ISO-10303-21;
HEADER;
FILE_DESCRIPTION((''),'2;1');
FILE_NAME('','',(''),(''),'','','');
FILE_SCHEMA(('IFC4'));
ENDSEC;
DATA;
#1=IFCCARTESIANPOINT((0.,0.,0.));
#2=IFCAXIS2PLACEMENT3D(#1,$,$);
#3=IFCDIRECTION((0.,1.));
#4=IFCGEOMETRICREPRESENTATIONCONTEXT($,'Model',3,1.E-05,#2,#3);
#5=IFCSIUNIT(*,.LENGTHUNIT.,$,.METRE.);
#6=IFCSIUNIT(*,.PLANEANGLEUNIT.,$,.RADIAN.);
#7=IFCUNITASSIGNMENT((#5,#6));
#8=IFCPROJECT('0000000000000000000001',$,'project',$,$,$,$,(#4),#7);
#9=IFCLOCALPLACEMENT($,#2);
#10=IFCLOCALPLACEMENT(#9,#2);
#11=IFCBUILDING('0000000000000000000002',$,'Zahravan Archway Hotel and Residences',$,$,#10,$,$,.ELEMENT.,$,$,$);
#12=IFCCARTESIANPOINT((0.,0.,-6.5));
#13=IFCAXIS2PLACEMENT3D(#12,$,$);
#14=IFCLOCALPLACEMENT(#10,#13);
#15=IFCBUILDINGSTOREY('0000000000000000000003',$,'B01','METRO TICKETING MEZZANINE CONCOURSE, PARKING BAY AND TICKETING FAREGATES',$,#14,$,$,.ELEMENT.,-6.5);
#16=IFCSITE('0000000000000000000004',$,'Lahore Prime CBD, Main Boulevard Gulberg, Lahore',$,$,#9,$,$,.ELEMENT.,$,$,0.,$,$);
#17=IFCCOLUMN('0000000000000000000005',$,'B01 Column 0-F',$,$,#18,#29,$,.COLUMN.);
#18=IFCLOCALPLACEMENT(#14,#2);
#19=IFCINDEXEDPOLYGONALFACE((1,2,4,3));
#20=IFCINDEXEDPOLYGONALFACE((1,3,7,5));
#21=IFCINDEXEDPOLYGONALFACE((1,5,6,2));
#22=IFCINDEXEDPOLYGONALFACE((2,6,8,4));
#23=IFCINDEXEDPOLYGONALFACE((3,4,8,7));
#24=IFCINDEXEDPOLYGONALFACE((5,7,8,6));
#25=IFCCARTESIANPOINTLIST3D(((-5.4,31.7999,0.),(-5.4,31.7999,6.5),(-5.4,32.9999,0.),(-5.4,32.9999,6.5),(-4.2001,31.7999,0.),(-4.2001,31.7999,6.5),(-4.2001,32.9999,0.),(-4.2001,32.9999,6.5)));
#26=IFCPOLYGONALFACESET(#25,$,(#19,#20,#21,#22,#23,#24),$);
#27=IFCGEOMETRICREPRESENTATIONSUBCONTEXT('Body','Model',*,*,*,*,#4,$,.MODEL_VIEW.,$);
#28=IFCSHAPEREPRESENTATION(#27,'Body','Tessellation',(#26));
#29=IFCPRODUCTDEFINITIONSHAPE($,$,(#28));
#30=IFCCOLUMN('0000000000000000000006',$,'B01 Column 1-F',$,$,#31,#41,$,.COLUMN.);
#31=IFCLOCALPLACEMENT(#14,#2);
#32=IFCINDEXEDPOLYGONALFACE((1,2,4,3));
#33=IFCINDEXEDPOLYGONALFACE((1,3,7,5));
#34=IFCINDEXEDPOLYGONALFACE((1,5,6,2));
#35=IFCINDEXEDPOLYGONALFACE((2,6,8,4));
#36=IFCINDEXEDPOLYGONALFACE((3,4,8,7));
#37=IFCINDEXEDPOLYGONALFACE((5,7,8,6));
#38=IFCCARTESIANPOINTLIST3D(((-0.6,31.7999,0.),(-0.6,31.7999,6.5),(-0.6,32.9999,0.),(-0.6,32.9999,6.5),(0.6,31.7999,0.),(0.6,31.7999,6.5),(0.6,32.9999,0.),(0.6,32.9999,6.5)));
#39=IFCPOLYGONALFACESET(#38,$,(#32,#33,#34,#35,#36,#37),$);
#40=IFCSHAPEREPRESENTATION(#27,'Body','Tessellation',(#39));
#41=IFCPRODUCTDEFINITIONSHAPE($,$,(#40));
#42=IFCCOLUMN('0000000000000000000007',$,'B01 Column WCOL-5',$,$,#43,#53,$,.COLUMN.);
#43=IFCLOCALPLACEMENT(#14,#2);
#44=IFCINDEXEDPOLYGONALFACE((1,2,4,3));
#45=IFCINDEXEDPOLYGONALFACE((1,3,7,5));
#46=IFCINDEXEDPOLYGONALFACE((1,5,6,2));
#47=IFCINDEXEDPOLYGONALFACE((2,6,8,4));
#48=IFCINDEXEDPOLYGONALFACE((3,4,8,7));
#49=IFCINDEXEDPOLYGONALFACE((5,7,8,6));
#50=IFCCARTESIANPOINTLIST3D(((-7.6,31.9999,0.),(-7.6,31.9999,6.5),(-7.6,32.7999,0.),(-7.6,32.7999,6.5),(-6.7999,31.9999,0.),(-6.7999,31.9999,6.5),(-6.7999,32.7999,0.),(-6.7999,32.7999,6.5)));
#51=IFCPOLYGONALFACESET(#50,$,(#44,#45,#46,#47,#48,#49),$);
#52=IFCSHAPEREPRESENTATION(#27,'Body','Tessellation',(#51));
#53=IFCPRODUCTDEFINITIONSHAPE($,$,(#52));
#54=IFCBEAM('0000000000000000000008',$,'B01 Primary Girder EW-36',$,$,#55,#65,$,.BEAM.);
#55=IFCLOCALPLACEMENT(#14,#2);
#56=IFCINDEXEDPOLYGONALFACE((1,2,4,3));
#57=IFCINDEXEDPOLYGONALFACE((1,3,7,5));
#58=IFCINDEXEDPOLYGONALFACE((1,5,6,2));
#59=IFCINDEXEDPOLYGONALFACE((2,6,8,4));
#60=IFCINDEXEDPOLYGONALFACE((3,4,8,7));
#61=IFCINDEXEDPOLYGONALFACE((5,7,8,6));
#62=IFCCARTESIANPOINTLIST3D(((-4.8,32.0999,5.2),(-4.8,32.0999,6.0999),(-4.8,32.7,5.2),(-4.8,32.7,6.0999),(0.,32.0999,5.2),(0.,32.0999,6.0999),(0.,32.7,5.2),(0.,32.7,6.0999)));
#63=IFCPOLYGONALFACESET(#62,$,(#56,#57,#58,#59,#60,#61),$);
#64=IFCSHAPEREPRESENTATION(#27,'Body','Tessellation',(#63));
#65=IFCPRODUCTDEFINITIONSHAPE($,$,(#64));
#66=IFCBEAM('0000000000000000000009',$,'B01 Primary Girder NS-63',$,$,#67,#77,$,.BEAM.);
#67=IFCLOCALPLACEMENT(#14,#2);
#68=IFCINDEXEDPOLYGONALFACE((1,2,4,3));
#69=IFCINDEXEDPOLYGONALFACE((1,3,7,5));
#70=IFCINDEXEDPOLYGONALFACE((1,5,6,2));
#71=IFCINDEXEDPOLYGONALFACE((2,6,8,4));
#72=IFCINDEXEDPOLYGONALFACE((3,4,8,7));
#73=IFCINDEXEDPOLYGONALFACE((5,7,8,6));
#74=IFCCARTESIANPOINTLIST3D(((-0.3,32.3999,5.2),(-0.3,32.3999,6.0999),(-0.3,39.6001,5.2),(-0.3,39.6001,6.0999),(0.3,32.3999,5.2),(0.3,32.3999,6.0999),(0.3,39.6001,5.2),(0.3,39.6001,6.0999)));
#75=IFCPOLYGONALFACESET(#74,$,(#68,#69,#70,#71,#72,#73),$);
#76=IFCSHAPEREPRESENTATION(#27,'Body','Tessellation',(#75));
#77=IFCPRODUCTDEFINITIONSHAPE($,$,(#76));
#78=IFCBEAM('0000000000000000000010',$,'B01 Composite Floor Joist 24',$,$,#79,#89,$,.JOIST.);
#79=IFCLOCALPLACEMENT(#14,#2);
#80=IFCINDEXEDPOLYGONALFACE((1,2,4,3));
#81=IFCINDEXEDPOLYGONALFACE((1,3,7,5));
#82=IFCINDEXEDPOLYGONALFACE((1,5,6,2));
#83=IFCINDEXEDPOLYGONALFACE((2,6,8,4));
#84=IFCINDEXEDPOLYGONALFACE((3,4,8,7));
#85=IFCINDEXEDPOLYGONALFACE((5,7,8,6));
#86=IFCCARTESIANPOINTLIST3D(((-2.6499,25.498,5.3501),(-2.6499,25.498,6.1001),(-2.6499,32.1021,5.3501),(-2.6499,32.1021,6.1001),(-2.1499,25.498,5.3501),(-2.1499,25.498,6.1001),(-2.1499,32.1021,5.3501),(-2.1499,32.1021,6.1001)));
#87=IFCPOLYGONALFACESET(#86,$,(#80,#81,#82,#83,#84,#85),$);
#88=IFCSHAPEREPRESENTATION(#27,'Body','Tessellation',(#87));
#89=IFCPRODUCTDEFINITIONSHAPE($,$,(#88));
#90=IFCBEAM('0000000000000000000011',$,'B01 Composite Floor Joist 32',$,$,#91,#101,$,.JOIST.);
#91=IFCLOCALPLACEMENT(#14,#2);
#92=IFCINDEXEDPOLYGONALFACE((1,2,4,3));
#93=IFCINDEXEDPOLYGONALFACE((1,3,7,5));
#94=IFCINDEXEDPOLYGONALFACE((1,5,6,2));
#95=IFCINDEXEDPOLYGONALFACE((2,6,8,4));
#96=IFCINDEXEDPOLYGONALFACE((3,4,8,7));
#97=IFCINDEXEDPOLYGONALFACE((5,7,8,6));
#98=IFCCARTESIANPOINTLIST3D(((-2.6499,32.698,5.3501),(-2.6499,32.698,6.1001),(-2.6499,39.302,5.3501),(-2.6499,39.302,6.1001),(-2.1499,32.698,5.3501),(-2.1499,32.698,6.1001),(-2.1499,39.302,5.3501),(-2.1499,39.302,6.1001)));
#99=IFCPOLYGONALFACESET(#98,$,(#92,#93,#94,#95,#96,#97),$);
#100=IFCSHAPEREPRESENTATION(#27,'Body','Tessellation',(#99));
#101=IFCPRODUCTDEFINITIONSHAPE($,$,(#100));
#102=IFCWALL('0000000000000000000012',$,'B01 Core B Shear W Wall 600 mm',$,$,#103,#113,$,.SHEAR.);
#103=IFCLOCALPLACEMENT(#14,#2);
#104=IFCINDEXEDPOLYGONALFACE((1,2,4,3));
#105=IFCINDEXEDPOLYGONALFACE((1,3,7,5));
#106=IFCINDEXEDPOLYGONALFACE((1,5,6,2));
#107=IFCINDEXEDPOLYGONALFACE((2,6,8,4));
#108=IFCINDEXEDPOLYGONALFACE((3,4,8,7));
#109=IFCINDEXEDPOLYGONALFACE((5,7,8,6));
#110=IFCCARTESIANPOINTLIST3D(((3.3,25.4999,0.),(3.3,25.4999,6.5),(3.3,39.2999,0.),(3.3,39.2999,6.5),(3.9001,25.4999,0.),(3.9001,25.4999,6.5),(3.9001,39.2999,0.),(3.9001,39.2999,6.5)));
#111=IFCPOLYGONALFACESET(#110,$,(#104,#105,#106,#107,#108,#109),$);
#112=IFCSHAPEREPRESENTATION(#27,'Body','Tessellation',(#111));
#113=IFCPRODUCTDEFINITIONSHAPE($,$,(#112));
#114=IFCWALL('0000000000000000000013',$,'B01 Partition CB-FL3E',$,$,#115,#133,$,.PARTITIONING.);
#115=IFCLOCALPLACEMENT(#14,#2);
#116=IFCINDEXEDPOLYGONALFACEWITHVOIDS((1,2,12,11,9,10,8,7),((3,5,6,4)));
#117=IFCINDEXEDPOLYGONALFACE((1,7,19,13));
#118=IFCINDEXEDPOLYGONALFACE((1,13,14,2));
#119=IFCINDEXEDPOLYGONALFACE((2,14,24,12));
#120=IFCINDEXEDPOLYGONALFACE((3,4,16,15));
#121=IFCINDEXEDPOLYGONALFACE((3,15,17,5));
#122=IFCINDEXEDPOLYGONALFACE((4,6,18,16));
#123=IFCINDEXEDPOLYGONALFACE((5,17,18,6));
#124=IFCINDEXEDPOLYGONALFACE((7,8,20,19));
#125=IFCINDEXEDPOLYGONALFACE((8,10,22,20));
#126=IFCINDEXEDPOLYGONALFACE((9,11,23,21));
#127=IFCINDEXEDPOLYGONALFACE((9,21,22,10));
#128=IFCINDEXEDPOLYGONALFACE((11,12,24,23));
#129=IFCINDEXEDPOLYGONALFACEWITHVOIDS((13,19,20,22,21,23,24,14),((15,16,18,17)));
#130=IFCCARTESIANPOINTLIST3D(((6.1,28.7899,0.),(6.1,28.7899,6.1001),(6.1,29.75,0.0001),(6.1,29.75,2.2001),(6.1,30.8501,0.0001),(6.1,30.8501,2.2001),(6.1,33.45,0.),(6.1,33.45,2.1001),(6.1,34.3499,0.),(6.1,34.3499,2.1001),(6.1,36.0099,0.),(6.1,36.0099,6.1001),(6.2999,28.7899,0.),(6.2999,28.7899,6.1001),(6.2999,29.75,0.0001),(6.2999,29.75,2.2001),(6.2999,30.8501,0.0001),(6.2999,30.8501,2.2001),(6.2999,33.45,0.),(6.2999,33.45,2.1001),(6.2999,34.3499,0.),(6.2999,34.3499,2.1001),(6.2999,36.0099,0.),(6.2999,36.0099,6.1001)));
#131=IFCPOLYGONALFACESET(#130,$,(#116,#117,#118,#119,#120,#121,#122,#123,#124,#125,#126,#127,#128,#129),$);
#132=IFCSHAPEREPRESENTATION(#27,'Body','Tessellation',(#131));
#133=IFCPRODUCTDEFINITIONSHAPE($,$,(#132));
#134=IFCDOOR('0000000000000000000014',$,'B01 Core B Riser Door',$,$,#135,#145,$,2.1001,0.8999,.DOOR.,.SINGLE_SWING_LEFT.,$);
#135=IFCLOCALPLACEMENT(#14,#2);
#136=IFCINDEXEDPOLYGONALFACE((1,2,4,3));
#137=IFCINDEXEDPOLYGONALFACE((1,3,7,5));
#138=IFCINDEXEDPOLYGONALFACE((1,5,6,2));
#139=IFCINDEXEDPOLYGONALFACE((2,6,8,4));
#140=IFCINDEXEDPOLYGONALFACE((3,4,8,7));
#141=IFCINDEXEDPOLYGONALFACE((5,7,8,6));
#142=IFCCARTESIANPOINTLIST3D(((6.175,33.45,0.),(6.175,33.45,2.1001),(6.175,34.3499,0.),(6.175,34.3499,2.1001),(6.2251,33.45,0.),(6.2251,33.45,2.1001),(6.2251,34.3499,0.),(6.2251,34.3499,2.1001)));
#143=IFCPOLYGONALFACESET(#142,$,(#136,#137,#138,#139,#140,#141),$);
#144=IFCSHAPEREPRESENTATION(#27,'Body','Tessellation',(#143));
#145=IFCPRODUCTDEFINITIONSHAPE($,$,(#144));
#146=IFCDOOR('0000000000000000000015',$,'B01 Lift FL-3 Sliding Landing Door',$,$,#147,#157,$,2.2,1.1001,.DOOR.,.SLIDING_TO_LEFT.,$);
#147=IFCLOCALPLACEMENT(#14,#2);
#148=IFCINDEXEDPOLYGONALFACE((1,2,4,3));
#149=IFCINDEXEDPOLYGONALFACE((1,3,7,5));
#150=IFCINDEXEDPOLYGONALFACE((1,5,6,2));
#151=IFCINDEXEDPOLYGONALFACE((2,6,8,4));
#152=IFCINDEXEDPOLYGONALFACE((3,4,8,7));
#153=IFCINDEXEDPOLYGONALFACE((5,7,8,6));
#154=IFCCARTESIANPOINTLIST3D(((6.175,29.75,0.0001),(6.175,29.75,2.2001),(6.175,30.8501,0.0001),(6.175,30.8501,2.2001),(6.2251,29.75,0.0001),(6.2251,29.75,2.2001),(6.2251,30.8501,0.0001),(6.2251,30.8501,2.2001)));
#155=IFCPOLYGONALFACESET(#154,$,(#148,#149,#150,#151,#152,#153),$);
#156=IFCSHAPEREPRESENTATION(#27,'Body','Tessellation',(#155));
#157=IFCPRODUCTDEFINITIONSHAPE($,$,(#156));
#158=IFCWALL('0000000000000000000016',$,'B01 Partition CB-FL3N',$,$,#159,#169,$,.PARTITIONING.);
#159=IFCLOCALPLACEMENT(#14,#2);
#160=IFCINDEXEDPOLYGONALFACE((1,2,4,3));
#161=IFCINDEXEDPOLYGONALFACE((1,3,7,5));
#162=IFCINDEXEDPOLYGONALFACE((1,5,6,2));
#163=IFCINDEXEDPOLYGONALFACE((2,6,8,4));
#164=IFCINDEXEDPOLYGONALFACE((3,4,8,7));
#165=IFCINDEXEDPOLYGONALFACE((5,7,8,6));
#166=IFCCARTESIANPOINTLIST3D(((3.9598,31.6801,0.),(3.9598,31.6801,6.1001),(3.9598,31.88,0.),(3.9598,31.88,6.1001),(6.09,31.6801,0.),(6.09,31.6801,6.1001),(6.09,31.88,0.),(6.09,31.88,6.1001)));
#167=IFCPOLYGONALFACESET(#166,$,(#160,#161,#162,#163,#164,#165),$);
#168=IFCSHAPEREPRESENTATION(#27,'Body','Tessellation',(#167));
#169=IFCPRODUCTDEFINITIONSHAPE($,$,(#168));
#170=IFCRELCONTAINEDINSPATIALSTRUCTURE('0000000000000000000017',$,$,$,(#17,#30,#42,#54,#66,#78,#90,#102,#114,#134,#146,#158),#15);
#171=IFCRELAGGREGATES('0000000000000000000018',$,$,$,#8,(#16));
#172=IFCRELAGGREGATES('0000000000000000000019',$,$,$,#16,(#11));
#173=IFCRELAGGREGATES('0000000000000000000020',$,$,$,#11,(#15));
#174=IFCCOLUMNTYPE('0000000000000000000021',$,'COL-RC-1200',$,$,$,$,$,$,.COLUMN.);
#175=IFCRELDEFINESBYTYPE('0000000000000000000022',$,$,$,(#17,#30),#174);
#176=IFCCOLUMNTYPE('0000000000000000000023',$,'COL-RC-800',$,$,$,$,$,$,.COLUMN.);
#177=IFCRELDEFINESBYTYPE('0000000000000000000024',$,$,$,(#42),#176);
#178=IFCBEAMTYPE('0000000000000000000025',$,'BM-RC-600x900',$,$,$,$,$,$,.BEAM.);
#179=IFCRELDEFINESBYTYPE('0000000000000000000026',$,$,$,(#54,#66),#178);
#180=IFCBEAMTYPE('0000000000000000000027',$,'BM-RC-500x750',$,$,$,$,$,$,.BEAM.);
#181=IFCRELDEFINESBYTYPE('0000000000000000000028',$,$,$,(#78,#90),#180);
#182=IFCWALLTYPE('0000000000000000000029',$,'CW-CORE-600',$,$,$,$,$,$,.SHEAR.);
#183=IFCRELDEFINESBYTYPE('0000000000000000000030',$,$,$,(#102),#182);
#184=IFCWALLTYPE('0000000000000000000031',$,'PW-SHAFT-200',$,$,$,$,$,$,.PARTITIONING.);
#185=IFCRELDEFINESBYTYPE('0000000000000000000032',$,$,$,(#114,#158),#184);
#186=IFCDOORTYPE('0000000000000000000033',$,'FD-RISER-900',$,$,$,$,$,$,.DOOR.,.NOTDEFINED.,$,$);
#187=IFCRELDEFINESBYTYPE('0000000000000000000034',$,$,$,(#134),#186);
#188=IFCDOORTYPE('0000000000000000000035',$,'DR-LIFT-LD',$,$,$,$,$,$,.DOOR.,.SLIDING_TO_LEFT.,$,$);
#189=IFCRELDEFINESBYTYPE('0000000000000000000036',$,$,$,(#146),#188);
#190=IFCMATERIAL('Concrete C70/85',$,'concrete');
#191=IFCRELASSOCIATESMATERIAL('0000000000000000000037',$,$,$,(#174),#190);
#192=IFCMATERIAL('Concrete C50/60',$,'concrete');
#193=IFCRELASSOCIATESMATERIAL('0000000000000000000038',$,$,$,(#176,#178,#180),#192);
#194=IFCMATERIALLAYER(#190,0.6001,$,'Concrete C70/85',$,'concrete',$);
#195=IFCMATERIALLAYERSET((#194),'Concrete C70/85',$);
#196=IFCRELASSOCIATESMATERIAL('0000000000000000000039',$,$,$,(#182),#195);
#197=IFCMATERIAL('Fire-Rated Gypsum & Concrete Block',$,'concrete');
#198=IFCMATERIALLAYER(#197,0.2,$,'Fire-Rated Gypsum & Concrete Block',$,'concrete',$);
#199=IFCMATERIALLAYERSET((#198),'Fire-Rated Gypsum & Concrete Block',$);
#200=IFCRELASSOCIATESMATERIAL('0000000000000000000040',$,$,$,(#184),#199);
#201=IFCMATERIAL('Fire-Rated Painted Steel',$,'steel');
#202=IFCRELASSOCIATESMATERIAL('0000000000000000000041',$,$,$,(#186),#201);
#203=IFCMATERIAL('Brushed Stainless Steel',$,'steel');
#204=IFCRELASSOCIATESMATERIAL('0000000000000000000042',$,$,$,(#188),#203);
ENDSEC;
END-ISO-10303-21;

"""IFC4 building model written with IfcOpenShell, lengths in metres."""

from ifc_helpers import new_model, si_unit, direction, frame, frame_2d, origin, origin_2d, place, context, subcontext, project, spatial, rectangle, extrude, source, transform, mapped, material, layer, layer_set, material_profile, profile_set, type_object, type_shapes, element, fill, save


model = new_model("IFC4")

# Units and contexts
model_context = context("Model", 3, precision=1e-05, world=origin(), true_north=direction((0.0, 1.0)))
body_context = subcontext(model_context, "Body", "Model", "MODEL_VIEW")
ifc_project = project(units=[si_unit("LENGTHUNIT", "METRE"), si_unit("PLANEANGLEUNIT", "RADIAN")], contexts=[model_context])

# Site, building, storey
site_placement = place(None, origin())
site = spatial("IfcSite", under=ifc_project, at=site_placement, Name="Lahore Prime CBD, Main Boulevard Gulberg, Lahore", CompositionType="ELEMENT", RefElevation=0.0)
building_placement = place(site_placement, origin())
building = spatial("IfcBuilding", under=site, at=building_placement, Name="Zahravan Archway Hotel and Residences", CompositionType="ELEMENT")
storey_placement = place(building_placement, frame((0.0, 0.0, -6.5)))
storey = spatial("IfcBuildingStorey", under=building, at=storey_placement, Name="B01", Description="METRO TICKETING MEZZANINE CONCOURSE, PARKING BAY AND TICKETING FAREGATES", CompositionType="ELEMENT", Elevation=-6.5)

# Columns
ifc_material_1 = material(Name="Concrete C70/85", Category="concrete")
ifc_material_profile_1 = material_profile(ifc_material_1, rectangle(XDim=1.2, YDim=1.2, at=origin_2d()), Name="RC-COL-1200x1200", Category="concrete")
ifc_profile_set_1 = profile_set([ifc_material_profile_1], Name="Concrete C70/85")
column_type_1 = type_object("IfcColumnType", Name="COL-RC-1200", PredefinedType="COLUMN", material=ifc_profile_set_1)
shared_shape_1 = source(origin(), body_context, "Body", "SweptSolid", [
    extrude(rectangle(XDim=1.2, YDim=1.2, at=origin_2d()), origin(), (0.0, 0.0, 1.0), 6.5),
])
for number, where, z_axis, x_axis, name in (
    (1, (-4.8, 32.3999, 0.0), (0.0, 0.0, 1.0), (1.0, 0.0, 0.0), "B01 Column 0-F"),
    (2, (0.0, 32.3999, 0.0), (0.0, 0.0, 1.0), (1.0, 0.0, 0.0), "B01 Column 1-F"),
):
    element("IfcColumn", number, at=place(storey_placement, frame(where, z_axis=z_axis, x_axis=x_axis)), inside=storey, type_object=column_type_1, Name=name, PredefinedType="COLUMN", context=body_context, shape_type="MappedRepresentation", body=[
        mapped(shared_shape_1, transform((0.0, 0.0, 0.0), scale=1.0)),
    ])
ifc_material_2 = material(Name="Concrete C50/60", Category="concrete")
ifc_material_profile_2 = material_profile(ifc_material_2, rectangle(XDim=0.8, YDim=0.8, at=origin_2d()), Name="RC-COL-800x800", Category="concrete")
ifc_profile_set_2 = profile_set([ifc_material_profile_2], Name="Concrete C50/60")
column_type_2 = type_object("IfcColumnType", Name="COL-RC-800", PredefinedType="COLUMN", material=ifc_profile_set_2)
shared_shape_2 = source(origin(), body_context, "Body", "SweptSolid", [
    extrude(rectangle(XDim=0.8, YDim=0.8, at=origin_2d()), origin(), (0.0, 0.0, 1.0), 6.5),
])
column_placement = place(storey_placement, frame((-7.2, 32.3999, 0.0), z_axis=(0.0, 0.0, 1.0), x_axis=(1.0, 0.0, 0.0)))
element("IfcColumn", 3, at=column_placement, inside=storey, type_object=column_type_2, Name="B01 Column WCOL-5", PredefinedType="COLUMN", context=body_context, shape_type="MappedRepresentation", body=[
    mapped(shared_shape_2, transform((0.0, 0.0, 0.0), scale=1.0)),
])

# Beams
ifc_material_profile_3 = material_profile(ifc_material_2, rectangle(XDim=0.6001, YDim=0.8999, at=origin_2d()), Name="RC-BM-600x900", Category="concrete")
ifc_profile_set_3 = profile_set([ifc_material_profile_3], Name="Concrete C50/60")
beam_type_1 = type_object("IfcBeamType", Name="BM-RC-600x900", PredefinedType="BEAM", material=ifc_profile_set_3)
shared_shape_3 = source(origin(), body_context, "Body", "SweptSolid", [
    extrude(rectangle(XDim=0.6001, YDim=0.8999, at=origin_2d()), origin(), (0.0, 0.0, 1.0), 4.8),
])
type_shapes(beam_type_1, [shared_shape_3])
beam_1_placement = place(storey_placement, frame((-4.8, 32.3999, 5.6499), z_axis=(1.0, 0.0, 0.0), x_axis=(0.0, 1.0, 0.0)))
element("IfcBeam", 4, at=beam_1_placement, inside=storey, type_object=beam_type_1, Name="B01 Primary Girder EW-36", PredefinedType="BEAM", context=body_context, shape_type="MappedRepresentation", body=[
    mapped(shared_shape_3, transform((0.0, 0.0, 0.0), scale=1.0)),
])
shared_shape_4 = source(origin(), body_context, "Body", "SweptSolid", [
    extrude(rectangle(XDim=0.6001, YDim=0.8999, at=origin_2d()), origin(), (0.0, 0.0, 1.0), 7.2002),
])
beam_2_placement = place(storey_placement, frame((0.0, 32.3999, 5.6499), z_axis=(0.0, 1.0, 0.0), x_axis=(-1.0, 0.0, 0.0)))
element("IfcBeam", 5, at=beam_2_placement, inside=storey, type_object=beam_type_1, Name="B01 Primary Girder NS-63", PredefinedType="BEAM", context=body_context, shape_type="MappedRepresentation", body=[
    mapped(shared_shape_4, transform((0.0, 0.0, 0.0), scale=1.0)),
])
ifc_material_profile_4 = material_profile(ifc_material_2, rectangle(XDim=0.5, YDim=0.75, at=origin_2d()), Name="RC-BM-500x750", Category="concrete")
ifc_profile_set_4 = profile_set([ifc_material_profile_4], Name="Concrete C50/60")
beam_type_2 = type_object("IfcBeamType", Name="BM-RC-500x750", PredefinedType="BEAM", material=ifc_profile_set_4)
shared_shape_5 = source(origin(), body_context, "Body", "SweptSolid", [
    extrude(rectangle(XDim=0.5, YDim=0.75, at=origin_2d()), origin(), (0.0, 0.0, 1.0), 6.604),
])
type_shapes(beam_type_2, [shared_shape_5])
for number, where, z_axis, x_axis, name in (
    (6, (-2.3999, 25.498, 5.7251), (0.0, 1.0, 0.0), (-1.0, 0.0, 0.0), "B01 Composite Floor Joist 24"),
    (7, (-2.3999, 32.698, 5.7251), (0.0, 1.0, 0.0), (-1.0, 0.0, 0.0), "B01 Composite Floor Joist 32"),
):
    element("IfcBeam", number, at=place(storey_placement, frame(where, z_axis=z_axis, x_axis=x_axis)), inside=storey, type_object=beam_type_2, Name=name, PredefinedType="JOIST", context=body_context, shape_type="MappedRepresentation", body=[
        mapped(shared_shape_5, transform((0.0, 0.0, 0.0), scale=1.0)),
    ])

# Wall
ifc_layer_1 = layer(ifc_material_1, 0.6001, Name="Concrete C70/85", Category="concrete")
ifc_layer_set_1 = layer_set([ifc_layer_1], Name="Concrete C70/85")
wall_type_1 = type_object("IfcWallType", Name="CW-CORE-600", PredefinedType="SHEAR", material=ifc_layer_set_1)
wall_1_placement = place(storey_placement, frame((3.6001, 25.5, 0.0), z_axis=(0.0, 0.0, 1.0), x_axis=(0.0, 1.0, 0.0)))
element("IfcWall", 8, at=wall_1_placement, inside=storey, type_object=wall_type_1, Name="B01 Core B Shear W Wall 600 mm", PredefinedType="SHEAR", context=body_context, shape_type="SweptSolid", body=[
    extrude(rectangle(XDim=13.8, YDim=0.6001, at=frame_2d((6.8999, 0.0))), origin(), (0.0, 0.0, 1.0), 6.5),
])

# Wall, openings, doors
ifc_material_3 = material(Name="Fire-Rated Gypsum & Concrete Block", Category="concrete")
ifc_layer_2 = layer(ifc_material_3, 0.2, Name="Fire-Rated Gypsum & Concrete Block", Category="concrete")
ifc_layer_set_2 = layer_set([ifc_layer_2], Name="Fire-Rated Gypsum & Concrete Block")
wall_type_2 = type_object("IfcWallType", Name="PW-SHAFT-200", PredefinedType="PARTITIONING", material=ifc_layer_set_2)
wall_2_placement = place(storey_placement, frame((6.2, 28.79, 0.0), z_axis=(0.0, 0.0, 1.0), x_axis=(0.0, 1.0, 0.0)))
wall_2 = element("IfcWall", 9, at=wall_2_placement, inside=storey, type_object=wall_type_2, Name="B01 Partition CB-FL3E", PredefinedType="PARTITIONING", context=body_context, shape_type="SweptSolid", body=[
    extrude(rectangle(XDim=7.22, YDim=0.2, at=frame_2d((3.6099, 0.0))), origin(), (0.0, 0.0, 1.0), 6.1001),
])
opening_1_placement = place(wall_2_placement, frame((4.6599, 0.0, 0.0)))
opening_1 = element("IfcOpeningElement", 10, at=opening_1_placement, cuts=wall_2, PredefinedType="OPENING", context=body_context, shape_type="SweptSolid", body=[
    extrude(rectangle(XDim=0.8999, YDim=2.1001, at=frame_2d((0.45, 1.05))), frame((0.0, 0.1099, 0.0), z_axis=(0.0, -1.0, 0.0), x_axis=(1.0, 0.0, 0.0)), (0.0, 0.0, 1.0), 0.22),
])
opening_2_placement = place(wall_2_placement, frame((0.96, 0.0, 0.0)))
opening_2 = element("IfcOpeningElement", 11, at=opening_2_placement, cuts=wall_2, PredefinedType="OPENING", context=body_context, shape_type="SweptSolid", body=[
    extrude(rectangle(XDim=1.1001, YDim=2.2, at=frame_2d((0.55, 1.1001))), frame((0.0, 0.1099, 0.0), z_axis=(0.0, -1.0, 0.0), x_axis=(1.0, 0.0, 0.0)), (0.0, 0.0, 1.0), 0.22),
])
ifc_material_4 = material(Name="Fire-Rated Painted Steel", Category="steel")
door_type_1 = type_object("IfcDoorType", Name="FD-RISER-900", OperationType="NOTDEFINED", PredefinedType="DOOR", material=ifc_material_4)
shared_shape_6 = source(origin(), body_context, "Body", "SweptSolid", [
    extrude(rectangle(XDim=0.8999, YDim=2.1001, at=frame_2d((0.45, 1.05))), frame((0.0, 0.0249, 0.0), z_axis=(0.0, -1.0, 0.0), x_axis=(1.0, 0.0, 0.0)), (0.0, 0.0, 1.0), 0.05),
])
type_shapes(door_type_1, [shared_shape_6])
door_1_placement = place(opening_1_placement, origin())
door_1 = element("IfcDoor", 12, at=door_1_placement, inside=storey, type_object=door_type_1, Name="B01 Core B Riser Door", OperationType="SINGLE_SWING_LEFT", OverallHeight=2.1001, OverallWidth=0.8999, PredefinedType="DOOR", context=body_context, shape_type="MappedRepresentation", body=[
    mapped(shared_shape_6, transform((0.0, 0.0, 0.0), scale=1.0)),
])
fill(opening_1, door_1)
ifc_material_5 = material(Name="Brushed Stainless Steel", Category="steel")
door_type_2 = type_object("IfcDoorType", Name="DR-LIFT-LD", OperationType="SLIDING_TO_LEFT", PredefinedType="DOOR", material=ifc_material_5)
shared_shape_7 = source(origin(), body_context, "Body", "SweptSolid", [
    extrude(rectangle(XDim=1.1001, YDim=2.2, at=frame_2d((0.55, 1.1001))), frame((0.0, 0.0249, 0.0), z_axis=(0.0, -1.0, 0.0), x_axis=(1.0, 0.0, 0.0)), (0.0, 0.0, 1.0), 0.05),
])
type_shapes(door_type_2, [shared_shape_7])
door_2_placement = place(opening_2_placement, origin())
door_2 = element("IfcDoor", 13, at=door_2_placement, inside=storey, type_object=door_type_2, Name="B01 Lift FL-3 Sliding Landing Door", OperationType="SLIDING_TO_LEFT", OverallHeight=2.2, OverallWidth=1.1001, PredefinedType="DOOR", context=body_context, shape_type="MappedRepresentation", body=[
    mapped(shared_shape_7, transform((0.0, 0.0, 0.0), scale=1.0)),
])
fill(opening_2, door_2)

# Wall
wall_3_placement = place(storey_placement, frame((3.96, 31.78, 0.0), z_axis=(0.0, 0.0, 1.0), x_axis=(1.0, 0.0, 0.0)))
element("IfcWall", 14, at=wall_3_placement, inside=storey, type_object=wall_type_2, Name="B01 Partition CB-FL3N", PredefinedType="PARTITIONING", context=body_context, shape_type="SweptSolid", body=[
    extrude(rectangle(XDim=2.1301, YDim=0.2, at=frame_2d((1.0649, 0.0))), origin(), (0.0, 0.0, 1.0), 6.1001),
])

save(model, "model.ifc")
